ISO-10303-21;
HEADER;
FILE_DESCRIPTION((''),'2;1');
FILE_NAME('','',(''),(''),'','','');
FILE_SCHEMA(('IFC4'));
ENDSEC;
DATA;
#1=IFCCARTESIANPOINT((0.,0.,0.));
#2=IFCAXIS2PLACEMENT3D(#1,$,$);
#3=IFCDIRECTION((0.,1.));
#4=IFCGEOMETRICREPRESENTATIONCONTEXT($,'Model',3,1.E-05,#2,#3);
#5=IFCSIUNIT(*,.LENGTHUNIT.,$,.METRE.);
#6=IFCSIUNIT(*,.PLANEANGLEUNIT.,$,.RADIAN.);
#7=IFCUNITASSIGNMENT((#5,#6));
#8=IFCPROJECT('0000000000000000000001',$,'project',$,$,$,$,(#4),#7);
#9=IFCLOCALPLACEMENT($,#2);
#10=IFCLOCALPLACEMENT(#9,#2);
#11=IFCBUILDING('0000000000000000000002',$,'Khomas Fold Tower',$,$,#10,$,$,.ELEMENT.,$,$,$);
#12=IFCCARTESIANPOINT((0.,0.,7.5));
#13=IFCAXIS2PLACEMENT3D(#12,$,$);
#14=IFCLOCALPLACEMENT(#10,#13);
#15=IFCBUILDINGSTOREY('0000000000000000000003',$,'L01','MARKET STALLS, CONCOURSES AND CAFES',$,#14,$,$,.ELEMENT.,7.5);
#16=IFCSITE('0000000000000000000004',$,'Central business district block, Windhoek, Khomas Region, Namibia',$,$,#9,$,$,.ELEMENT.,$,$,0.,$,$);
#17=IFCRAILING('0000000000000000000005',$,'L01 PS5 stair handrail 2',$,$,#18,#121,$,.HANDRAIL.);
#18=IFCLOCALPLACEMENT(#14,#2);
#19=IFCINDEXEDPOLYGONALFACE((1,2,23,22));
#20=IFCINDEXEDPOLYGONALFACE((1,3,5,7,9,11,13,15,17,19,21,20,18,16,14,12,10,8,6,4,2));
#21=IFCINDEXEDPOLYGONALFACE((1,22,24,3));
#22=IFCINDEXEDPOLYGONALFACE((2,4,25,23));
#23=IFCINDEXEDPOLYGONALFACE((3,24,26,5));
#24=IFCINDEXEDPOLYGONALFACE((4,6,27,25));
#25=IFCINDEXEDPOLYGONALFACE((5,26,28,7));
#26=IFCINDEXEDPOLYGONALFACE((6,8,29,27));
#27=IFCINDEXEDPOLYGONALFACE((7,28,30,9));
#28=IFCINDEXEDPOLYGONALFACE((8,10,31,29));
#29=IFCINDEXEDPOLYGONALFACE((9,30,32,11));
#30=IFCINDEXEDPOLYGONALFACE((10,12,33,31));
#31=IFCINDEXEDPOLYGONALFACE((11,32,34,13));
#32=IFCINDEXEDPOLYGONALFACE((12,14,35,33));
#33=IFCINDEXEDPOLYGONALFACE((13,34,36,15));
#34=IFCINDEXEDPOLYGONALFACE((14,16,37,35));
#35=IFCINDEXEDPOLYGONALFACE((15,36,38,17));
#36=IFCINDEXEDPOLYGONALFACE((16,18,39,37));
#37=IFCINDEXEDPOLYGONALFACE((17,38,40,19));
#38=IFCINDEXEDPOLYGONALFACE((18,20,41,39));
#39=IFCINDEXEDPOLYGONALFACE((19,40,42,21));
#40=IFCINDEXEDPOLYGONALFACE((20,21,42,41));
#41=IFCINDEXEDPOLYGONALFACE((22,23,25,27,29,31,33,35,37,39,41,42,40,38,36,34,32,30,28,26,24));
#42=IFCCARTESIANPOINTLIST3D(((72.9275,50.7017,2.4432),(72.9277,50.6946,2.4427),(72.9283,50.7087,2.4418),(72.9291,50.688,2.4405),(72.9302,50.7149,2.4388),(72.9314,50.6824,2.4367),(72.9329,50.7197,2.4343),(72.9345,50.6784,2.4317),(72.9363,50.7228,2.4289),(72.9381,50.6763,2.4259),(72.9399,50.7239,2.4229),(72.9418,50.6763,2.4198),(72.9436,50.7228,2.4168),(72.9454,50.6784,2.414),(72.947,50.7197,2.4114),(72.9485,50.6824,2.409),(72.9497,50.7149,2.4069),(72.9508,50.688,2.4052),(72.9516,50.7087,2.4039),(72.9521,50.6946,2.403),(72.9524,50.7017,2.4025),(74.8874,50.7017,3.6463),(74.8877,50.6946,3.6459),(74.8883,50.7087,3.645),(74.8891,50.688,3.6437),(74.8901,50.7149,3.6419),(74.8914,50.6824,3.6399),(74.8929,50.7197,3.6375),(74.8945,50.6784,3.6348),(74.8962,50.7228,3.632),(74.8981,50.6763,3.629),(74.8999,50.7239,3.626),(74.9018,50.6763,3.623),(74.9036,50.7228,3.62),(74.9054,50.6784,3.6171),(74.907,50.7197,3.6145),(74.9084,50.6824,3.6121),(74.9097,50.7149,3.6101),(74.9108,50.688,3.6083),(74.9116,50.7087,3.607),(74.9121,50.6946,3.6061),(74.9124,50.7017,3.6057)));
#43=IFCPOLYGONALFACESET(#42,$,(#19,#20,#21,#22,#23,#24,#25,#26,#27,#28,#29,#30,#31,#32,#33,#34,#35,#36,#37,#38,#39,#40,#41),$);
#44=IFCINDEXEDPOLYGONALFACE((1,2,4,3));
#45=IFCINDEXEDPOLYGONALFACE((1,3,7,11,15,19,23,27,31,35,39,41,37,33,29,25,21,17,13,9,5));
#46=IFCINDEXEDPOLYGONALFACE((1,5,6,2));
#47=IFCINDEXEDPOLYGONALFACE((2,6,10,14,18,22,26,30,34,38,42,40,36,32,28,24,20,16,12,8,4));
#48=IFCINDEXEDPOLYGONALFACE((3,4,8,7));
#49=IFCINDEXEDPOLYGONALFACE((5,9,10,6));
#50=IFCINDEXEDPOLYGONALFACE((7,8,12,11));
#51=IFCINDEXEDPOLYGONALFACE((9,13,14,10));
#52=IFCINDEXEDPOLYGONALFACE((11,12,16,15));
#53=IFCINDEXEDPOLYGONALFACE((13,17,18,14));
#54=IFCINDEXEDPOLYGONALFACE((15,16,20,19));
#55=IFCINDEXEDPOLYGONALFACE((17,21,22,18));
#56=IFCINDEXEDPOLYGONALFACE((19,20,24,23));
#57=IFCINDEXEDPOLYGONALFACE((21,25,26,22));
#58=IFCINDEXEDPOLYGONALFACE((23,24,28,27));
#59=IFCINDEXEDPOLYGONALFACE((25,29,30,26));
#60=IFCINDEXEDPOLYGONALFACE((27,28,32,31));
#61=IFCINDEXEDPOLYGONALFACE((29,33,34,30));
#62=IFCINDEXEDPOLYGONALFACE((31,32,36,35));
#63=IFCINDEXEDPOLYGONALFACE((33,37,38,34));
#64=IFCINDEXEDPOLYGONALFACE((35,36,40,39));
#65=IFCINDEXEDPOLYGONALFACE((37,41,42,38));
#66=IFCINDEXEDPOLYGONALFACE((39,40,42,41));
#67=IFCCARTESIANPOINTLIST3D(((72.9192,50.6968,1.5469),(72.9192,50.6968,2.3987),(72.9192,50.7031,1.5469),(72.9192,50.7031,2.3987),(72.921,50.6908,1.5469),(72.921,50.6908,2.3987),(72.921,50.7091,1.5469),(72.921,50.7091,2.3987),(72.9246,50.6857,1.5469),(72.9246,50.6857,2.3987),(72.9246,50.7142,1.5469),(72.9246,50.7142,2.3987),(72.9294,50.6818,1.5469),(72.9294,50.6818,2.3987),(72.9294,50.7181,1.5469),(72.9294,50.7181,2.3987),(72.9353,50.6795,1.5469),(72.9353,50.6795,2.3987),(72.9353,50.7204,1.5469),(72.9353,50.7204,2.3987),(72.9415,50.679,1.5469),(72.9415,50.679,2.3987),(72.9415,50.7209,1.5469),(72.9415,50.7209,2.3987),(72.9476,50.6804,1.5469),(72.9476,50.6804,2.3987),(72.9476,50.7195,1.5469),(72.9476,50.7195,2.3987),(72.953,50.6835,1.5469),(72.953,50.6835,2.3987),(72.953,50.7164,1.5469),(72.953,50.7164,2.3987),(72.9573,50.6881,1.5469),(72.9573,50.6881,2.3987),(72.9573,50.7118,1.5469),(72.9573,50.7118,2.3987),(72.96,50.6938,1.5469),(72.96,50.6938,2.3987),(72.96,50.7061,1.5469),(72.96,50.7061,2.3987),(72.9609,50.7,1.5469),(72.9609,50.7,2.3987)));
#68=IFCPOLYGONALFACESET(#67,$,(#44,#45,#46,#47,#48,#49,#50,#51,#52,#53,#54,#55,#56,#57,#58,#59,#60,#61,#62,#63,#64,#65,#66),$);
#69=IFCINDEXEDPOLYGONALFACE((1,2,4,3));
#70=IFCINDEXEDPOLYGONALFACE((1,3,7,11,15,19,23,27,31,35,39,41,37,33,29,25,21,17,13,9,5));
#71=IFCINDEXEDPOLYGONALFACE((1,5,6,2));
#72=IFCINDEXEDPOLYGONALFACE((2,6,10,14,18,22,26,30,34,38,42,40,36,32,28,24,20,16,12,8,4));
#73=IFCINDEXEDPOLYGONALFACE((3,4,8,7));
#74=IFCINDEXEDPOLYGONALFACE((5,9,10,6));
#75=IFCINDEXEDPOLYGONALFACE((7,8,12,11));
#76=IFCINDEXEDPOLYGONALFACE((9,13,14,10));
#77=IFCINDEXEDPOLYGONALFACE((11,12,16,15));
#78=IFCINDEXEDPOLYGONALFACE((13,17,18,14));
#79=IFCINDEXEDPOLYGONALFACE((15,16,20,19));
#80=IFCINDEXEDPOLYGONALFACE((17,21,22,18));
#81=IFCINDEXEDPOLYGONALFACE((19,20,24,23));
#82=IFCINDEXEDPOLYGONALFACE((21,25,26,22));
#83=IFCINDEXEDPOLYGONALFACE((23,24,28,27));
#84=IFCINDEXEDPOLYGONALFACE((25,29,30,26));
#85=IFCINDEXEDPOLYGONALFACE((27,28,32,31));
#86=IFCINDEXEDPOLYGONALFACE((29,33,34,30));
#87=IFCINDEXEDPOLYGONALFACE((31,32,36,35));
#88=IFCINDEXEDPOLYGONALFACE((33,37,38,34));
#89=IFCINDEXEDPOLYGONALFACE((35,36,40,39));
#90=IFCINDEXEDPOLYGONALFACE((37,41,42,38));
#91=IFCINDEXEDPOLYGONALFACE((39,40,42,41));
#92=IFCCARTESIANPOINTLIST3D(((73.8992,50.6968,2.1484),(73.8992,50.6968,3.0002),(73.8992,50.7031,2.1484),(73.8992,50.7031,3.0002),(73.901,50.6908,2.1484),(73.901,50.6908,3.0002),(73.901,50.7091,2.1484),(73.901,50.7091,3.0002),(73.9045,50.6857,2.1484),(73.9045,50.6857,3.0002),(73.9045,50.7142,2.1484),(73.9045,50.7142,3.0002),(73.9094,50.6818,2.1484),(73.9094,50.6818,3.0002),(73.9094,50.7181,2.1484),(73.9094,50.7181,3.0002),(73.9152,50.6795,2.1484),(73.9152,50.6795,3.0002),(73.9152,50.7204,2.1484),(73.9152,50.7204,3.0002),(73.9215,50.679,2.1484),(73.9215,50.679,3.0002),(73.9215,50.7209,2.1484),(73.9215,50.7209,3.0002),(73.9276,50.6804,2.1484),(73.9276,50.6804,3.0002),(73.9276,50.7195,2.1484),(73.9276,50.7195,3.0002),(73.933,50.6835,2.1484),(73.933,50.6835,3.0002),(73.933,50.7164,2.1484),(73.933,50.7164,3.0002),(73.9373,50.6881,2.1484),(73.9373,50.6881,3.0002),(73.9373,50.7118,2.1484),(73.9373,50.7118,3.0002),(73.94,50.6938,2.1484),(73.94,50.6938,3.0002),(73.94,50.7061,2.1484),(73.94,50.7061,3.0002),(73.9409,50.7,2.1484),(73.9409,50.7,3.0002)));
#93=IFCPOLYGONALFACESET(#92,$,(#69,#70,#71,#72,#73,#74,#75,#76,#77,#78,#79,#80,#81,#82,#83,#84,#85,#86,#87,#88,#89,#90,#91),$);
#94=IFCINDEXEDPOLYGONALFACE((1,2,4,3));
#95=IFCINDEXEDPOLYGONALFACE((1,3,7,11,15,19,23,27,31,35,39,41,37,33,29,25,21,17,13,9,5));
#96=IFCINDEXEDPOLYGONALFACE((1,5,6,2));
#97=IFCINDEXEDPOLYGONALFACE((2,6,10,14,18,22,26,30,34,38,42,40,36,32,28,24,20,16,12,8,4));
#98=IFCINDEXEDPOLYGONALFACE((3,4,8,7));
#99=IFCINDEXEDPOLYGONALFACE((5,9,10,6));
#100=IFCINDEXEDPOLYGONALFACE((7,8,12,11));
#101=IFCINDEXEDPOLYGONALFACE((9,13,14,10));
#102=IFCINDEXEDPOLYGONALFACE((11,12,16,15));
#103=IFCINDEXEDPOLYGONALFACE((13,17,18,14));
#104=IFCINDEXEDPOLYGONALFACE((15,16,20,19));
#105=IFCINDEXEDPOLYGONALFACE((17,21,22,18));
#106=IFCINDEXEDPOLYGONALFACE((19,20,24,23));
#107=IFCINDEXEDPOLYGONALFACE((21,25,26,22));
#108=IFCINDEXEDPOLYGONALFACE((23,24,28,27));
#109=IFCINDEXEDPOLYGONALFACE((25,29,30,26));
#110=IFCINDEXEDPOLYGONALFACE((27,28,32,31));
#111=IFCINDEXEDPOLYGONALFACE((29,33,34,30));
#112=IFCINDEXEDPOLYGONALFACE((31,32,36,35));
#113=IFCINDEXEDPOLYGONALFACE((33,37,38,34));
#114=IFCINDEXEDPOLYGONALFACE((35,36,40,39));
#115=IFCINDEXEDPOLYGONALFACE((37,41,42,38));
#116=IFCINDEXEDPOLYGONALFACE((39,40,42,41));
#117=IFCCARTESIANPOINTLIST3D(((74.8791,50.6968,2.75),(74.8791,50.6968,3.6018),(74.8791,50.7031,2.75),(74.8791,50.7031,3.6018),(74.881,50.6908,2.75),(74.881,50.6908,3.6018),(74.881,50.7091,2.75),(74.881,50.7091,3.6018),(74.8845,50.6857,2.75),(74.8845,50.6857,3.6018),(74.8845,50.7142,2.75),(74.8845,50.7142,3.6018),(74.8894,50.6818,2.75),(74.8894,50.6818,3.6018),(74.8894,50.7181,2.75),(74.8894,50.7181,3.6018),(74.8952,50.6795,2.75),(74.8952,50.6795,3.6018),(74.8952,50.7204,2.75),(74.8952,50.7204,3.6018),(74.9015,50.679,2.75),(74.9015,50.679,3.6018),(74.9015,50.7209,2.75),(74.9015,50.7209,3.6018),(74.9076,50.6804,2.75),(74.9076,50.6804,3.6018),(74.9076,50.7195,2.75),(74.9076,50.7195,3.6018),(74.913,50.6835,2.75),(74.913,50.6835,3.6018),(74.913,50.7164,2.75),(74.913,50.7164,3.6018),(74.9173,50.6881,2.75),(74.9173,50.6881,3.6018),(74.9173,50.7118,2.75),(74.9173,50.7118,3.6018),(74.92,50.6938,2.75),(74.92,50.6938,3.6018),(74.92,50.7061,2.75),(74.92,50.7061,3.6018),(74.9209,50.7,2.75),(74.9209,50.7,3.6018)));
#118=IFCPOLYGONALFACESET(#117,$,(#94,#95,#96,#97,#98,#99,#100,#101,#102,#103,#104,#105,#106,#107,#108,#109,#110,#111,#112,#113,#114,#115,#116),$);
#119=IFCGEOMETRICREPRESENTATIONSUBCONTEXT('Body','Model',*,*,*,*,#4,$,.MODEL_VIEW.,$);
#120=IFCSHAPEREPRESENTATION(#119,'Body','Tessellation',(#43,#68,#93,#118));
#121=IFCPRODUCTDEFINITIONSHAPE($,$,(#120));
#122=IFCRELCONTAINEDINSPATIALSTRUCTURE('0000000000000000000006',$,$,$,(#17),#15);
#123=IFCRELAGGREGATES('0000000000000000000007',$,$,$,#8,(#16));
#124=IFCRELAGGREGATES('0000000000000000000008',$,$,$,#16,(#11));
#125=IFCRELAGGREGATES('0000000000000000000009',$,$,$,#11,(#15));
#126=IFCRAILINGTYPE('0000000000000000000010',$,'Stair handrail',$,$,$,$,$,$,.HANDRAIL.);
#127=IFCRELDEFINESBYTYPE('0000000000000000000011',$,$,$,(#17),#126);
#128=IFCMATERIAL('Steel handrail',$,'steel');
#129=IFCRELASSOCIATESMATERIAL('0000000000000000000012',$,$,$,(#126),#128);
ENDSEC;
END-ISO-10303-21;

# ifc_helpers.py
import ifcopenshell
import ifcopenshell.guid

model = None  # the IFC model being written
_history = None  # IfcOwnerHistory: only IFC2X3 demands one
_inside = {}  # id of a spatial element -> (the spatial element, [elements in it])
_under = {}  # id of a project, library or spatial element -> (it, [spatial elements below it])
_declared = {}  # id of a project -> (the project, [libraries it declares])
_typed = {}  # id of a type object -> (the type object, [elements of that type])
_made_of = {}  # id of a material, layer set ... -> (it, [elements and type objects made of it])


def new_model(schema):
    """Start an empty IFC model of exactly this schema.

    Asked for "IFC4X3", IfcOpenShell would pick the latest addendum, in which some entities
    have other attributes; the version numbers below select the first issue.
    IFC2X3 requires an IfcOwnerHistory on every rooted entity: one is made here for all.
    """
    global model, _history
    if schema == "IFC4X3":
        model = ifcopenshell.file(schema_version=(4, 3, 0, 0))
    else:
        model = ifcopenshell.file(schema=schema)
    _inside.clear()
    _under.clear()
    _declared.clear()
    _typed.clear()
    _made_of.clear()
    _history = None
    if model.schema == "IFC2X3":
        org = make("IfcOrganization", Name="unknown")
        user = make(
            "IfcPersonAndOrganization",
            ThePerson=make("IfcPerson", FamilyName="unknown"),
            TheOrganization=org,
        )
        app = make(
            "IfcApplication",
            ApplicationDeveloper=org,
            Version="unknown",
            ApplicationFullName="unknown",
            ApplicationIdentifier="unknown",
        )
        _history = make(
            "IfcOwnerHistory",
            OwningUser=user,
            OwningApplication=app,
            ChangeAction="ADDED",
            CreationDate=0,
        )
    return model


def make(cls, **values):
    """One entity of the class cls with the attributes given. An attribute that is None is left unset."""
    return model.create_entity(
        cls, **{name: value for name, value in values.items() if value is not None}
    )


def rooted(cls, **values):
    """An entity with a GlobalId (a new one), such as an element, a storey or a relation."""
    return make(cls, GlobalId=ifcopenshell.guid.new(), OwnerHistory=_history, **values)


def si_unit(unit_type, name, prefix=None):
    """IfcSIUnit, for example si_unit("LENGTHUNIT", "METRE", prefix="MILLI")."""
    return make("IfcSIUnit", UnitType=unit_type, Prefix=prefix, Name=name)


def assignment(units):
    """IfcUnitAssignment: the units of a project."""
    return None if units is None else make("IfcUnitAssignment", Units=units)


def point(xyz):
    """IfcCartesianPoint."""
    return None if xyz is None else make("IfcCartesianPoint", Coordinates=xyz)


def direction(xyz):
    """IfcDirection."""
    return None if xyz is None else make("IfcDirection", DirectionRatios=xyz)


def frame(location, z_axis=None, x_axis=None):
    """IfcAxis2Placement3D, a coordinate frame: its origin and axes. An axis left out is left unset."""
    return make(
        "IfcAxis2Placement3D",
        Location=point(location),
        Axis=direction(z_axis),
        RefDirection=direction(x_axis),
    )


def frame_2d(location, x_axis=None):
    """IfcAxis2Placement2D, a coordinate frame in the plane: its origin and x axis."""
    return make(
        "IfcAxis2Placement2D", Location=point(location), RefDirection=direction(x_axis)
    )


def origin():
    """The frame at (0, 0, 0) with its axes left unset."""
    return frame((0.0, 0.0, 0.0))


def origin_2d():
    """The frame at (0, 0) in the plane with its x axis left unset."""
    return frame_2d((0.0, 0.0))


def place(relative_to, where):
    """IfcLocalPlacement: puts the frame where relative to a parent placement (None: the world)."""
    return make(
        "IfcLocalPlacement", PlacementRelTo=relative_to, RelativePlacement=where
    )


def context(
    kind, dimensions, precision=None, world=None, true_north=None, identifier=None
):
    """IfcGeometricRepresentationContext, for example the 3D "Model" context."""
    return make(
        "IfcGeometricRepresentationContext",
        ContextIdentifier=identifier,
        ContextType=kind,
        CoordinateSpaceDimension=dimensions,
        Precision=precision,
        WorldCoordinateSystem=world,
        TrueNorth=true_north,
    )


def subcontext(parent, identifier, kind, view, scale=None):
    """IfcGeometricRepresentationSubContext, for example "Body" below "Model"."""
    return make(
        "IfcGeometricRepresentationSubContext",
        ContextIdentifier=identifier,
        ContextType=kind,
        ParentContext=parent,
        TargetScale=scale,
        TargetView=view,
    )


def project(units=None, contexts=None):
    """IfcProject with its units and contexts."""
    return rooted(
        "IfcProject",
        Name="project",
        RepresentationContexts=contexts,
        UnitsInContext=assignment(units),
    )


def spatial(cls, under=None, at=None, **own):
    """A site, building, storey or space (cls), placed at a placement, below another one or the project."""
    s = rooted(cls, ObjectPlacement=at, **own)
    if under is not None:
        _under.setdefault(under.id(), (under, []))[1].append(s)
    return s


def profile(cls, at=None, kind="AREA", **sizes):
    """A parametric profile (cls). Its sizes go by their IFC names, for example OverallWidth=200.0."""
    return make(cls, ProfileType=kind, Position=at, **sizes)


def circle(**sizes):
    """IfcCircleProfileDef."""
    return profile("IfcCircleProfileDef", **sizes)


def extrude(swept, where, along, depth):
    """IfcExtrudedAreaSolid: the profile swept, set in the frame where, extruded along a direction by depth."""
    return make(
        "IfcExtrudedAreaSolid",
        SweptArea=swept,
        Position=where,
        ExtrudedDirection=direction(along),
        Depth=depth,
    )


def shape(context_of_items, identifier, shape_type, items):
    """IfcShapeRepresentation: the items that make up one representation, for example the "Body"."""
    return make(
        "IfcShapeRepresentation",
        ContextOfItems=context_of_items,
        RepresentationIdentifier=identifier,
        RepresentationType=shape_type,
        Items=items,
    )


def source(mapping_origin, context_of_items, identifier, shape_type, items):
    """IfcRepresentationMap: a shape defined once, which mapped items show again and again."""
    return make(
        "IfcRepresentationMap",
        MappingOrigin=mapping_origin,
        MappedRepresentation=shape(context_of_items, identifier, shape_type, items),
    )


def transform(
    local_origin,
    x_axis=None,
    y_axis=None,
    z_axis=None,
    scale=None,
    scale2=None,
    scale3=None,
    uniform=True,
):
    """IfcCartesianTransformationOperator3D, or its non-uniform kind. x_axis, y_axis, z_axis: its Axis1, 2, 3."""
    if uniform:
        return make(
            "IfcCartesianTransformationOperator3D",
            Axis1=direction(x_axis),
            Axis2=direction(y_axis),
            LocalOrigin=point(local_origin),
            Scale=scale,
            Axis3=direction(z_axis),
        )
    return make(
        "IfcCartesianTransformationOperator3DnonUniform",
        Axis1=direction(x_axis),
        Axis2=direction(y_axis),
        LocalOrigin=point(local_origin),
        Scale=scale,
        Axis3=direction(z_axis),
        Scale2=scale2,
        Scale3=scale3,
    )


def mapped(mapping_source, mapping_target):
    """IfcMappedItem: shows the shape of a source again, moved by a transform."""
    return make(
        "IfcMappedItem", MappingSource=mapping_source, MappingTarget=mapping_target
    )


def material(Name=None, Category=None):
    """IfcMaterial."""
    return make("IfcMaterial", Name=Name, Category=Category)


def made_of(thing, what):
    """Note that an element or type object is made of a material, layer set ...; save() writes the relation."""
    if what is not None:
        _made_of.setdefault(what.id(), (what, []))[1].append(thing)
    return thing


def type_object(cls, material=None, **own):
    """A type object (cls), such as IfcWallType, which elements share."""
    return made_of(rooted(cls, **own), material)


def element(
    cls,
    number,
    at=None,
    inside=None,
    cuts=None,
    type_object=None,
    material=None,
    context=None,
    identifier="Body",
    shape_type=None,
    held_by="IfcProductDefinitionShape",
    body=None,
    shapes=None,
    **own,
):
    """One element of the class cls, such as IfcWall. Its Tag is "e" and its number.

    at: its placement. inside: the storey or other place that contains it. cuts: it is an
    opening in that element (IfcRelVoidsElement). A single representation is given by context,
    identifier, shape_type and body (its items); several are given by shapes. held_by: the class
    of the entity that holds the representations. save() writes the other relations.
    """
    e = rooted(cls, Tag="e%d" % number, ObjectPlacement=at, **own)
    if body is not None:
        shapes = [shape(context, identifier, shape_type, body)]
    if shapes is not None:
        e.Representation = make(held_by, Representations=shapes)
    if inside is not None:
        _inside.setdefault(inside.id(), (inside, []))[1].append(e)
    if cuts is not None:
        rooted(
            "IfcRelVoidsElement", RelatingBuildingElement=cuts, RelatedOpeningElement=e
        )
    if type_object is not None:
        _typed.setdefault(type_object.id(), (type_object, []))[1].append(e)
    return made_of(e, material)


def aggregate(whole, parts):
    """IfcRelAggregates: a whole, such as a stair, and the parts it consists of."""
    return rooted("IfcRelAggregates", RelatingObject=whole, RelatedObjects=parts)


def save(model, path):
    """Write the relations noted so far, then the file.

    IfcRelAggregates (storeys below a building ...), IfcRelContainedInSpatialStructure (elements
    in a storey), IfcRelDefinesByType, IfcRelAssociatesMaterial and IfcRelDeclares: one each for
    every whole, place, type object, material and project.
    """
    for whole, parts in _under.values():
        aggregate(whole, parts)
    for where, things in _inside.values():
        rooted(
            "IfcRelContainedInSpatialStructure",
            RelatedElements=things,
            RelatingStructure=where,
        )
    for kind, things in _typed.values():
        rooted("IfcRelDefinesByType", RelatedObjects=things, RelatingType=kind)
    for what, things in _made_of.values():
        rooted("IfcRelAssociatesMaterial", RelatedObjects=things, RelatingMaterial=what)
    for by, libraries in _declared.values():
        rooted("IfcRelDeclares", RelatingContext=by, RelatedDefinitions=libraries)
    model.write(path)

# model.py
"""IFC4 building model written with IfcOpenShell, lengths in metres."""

from ifc_helpers import new_model, si_unit, direction, frame, origin, origin_2d, place, context, subcontext, project, spatial, circle, extrude, source, transform, mapped, material, type_object, element, save


model = new_model("IFC4")

# Units and contexts
model_context = context("Model", 3, precision=1e-05, world=origin(), true_north=direction((0.0, 1.0)))
body_context = subcontext(model_context, "Body", "Model", "MODEL_VIEW")
ifc_project = project(units=[si_unit("LENGTHUNIT", "METRE"), si_unit("PLANEANGLEUNIT", "RADIAN")], contexts=[model_context])

# Site, building, storey
site_placement = place(None, origin())
site = spatial("IfcSite", under=ifc_project, at=site_placement, Name="Central business district block, Windhoek, Khomas Region, Namibia", CompositionType="ELEMENT", RefElevation=0.0)
building_placement = place(site_placement, origin())
building = spatial("IfcBuilding", under=site, at=building_placement, Name="Khomas Fold Tower", CompositionType="ELEMENT")
storey_placement = place(building_placement, frame((0.0, 0.0, 7.5)))
storey = spatial("IfcBuildingStorey", under=building, at=storey_placement, Name="L01", Description="MARKET STALLS, CONCOURSES AND CAFES", CompositionType="ELEMENT", Elevation=7.5)

# Railing
ifc_material_1 = material(Name="Steel handrail", Category="steel")
railing_type_1 = type_object("IfcRailingType", Name="Stair handrail", PredefinedType="HANDRAIL", material=ifc_material_1)
shared_shape_1 = source(origin(), body_context, "Body", "SweptSolid", [
    extrude(circle(Radius=0.0239, at=origin_2d()), frame((0.0, 0.0, 0.876), z_axis=(0.852241, 0.0, 0.523149), x_axis=(0.0, 1.0, 0.0)), (0.0, 0.0, 1.0), 2.2998),
    extrude(circle(Radius=0.021, at=origin_2d()), origin(), (0.0, 0.0, 1.0), 0.8518),
    extrude(circle(Radius=0.021, at=origin_2d()), frame((0.98, 0.0, 0.6016)), (0.0, 0.0, 1.0), 0.8518),
    extrude(circle(Radius=0.021, at=origin_2d()), frame((1.96, 0.0, 1.2031)), (0.0, 0.0, 1.0), 0.8518),
])
for number, where, name in (
    (1, (72.9399, 50.7, 1.5469), "L01 PS5 stair handrail 2"),
):
    element("IfcRailing", number, at=place(storey_placement, frame(where)), inside=storey, type_object=railing_type_1, Name=name, PredefinedType="HANDRAIL", context=body_context, shape_type="MappedRepresentation", body=[
        mapped(shared_shape_1, transform((0.0, 0.0, 0.0))),
    ])

save(model, "model.ifc")
